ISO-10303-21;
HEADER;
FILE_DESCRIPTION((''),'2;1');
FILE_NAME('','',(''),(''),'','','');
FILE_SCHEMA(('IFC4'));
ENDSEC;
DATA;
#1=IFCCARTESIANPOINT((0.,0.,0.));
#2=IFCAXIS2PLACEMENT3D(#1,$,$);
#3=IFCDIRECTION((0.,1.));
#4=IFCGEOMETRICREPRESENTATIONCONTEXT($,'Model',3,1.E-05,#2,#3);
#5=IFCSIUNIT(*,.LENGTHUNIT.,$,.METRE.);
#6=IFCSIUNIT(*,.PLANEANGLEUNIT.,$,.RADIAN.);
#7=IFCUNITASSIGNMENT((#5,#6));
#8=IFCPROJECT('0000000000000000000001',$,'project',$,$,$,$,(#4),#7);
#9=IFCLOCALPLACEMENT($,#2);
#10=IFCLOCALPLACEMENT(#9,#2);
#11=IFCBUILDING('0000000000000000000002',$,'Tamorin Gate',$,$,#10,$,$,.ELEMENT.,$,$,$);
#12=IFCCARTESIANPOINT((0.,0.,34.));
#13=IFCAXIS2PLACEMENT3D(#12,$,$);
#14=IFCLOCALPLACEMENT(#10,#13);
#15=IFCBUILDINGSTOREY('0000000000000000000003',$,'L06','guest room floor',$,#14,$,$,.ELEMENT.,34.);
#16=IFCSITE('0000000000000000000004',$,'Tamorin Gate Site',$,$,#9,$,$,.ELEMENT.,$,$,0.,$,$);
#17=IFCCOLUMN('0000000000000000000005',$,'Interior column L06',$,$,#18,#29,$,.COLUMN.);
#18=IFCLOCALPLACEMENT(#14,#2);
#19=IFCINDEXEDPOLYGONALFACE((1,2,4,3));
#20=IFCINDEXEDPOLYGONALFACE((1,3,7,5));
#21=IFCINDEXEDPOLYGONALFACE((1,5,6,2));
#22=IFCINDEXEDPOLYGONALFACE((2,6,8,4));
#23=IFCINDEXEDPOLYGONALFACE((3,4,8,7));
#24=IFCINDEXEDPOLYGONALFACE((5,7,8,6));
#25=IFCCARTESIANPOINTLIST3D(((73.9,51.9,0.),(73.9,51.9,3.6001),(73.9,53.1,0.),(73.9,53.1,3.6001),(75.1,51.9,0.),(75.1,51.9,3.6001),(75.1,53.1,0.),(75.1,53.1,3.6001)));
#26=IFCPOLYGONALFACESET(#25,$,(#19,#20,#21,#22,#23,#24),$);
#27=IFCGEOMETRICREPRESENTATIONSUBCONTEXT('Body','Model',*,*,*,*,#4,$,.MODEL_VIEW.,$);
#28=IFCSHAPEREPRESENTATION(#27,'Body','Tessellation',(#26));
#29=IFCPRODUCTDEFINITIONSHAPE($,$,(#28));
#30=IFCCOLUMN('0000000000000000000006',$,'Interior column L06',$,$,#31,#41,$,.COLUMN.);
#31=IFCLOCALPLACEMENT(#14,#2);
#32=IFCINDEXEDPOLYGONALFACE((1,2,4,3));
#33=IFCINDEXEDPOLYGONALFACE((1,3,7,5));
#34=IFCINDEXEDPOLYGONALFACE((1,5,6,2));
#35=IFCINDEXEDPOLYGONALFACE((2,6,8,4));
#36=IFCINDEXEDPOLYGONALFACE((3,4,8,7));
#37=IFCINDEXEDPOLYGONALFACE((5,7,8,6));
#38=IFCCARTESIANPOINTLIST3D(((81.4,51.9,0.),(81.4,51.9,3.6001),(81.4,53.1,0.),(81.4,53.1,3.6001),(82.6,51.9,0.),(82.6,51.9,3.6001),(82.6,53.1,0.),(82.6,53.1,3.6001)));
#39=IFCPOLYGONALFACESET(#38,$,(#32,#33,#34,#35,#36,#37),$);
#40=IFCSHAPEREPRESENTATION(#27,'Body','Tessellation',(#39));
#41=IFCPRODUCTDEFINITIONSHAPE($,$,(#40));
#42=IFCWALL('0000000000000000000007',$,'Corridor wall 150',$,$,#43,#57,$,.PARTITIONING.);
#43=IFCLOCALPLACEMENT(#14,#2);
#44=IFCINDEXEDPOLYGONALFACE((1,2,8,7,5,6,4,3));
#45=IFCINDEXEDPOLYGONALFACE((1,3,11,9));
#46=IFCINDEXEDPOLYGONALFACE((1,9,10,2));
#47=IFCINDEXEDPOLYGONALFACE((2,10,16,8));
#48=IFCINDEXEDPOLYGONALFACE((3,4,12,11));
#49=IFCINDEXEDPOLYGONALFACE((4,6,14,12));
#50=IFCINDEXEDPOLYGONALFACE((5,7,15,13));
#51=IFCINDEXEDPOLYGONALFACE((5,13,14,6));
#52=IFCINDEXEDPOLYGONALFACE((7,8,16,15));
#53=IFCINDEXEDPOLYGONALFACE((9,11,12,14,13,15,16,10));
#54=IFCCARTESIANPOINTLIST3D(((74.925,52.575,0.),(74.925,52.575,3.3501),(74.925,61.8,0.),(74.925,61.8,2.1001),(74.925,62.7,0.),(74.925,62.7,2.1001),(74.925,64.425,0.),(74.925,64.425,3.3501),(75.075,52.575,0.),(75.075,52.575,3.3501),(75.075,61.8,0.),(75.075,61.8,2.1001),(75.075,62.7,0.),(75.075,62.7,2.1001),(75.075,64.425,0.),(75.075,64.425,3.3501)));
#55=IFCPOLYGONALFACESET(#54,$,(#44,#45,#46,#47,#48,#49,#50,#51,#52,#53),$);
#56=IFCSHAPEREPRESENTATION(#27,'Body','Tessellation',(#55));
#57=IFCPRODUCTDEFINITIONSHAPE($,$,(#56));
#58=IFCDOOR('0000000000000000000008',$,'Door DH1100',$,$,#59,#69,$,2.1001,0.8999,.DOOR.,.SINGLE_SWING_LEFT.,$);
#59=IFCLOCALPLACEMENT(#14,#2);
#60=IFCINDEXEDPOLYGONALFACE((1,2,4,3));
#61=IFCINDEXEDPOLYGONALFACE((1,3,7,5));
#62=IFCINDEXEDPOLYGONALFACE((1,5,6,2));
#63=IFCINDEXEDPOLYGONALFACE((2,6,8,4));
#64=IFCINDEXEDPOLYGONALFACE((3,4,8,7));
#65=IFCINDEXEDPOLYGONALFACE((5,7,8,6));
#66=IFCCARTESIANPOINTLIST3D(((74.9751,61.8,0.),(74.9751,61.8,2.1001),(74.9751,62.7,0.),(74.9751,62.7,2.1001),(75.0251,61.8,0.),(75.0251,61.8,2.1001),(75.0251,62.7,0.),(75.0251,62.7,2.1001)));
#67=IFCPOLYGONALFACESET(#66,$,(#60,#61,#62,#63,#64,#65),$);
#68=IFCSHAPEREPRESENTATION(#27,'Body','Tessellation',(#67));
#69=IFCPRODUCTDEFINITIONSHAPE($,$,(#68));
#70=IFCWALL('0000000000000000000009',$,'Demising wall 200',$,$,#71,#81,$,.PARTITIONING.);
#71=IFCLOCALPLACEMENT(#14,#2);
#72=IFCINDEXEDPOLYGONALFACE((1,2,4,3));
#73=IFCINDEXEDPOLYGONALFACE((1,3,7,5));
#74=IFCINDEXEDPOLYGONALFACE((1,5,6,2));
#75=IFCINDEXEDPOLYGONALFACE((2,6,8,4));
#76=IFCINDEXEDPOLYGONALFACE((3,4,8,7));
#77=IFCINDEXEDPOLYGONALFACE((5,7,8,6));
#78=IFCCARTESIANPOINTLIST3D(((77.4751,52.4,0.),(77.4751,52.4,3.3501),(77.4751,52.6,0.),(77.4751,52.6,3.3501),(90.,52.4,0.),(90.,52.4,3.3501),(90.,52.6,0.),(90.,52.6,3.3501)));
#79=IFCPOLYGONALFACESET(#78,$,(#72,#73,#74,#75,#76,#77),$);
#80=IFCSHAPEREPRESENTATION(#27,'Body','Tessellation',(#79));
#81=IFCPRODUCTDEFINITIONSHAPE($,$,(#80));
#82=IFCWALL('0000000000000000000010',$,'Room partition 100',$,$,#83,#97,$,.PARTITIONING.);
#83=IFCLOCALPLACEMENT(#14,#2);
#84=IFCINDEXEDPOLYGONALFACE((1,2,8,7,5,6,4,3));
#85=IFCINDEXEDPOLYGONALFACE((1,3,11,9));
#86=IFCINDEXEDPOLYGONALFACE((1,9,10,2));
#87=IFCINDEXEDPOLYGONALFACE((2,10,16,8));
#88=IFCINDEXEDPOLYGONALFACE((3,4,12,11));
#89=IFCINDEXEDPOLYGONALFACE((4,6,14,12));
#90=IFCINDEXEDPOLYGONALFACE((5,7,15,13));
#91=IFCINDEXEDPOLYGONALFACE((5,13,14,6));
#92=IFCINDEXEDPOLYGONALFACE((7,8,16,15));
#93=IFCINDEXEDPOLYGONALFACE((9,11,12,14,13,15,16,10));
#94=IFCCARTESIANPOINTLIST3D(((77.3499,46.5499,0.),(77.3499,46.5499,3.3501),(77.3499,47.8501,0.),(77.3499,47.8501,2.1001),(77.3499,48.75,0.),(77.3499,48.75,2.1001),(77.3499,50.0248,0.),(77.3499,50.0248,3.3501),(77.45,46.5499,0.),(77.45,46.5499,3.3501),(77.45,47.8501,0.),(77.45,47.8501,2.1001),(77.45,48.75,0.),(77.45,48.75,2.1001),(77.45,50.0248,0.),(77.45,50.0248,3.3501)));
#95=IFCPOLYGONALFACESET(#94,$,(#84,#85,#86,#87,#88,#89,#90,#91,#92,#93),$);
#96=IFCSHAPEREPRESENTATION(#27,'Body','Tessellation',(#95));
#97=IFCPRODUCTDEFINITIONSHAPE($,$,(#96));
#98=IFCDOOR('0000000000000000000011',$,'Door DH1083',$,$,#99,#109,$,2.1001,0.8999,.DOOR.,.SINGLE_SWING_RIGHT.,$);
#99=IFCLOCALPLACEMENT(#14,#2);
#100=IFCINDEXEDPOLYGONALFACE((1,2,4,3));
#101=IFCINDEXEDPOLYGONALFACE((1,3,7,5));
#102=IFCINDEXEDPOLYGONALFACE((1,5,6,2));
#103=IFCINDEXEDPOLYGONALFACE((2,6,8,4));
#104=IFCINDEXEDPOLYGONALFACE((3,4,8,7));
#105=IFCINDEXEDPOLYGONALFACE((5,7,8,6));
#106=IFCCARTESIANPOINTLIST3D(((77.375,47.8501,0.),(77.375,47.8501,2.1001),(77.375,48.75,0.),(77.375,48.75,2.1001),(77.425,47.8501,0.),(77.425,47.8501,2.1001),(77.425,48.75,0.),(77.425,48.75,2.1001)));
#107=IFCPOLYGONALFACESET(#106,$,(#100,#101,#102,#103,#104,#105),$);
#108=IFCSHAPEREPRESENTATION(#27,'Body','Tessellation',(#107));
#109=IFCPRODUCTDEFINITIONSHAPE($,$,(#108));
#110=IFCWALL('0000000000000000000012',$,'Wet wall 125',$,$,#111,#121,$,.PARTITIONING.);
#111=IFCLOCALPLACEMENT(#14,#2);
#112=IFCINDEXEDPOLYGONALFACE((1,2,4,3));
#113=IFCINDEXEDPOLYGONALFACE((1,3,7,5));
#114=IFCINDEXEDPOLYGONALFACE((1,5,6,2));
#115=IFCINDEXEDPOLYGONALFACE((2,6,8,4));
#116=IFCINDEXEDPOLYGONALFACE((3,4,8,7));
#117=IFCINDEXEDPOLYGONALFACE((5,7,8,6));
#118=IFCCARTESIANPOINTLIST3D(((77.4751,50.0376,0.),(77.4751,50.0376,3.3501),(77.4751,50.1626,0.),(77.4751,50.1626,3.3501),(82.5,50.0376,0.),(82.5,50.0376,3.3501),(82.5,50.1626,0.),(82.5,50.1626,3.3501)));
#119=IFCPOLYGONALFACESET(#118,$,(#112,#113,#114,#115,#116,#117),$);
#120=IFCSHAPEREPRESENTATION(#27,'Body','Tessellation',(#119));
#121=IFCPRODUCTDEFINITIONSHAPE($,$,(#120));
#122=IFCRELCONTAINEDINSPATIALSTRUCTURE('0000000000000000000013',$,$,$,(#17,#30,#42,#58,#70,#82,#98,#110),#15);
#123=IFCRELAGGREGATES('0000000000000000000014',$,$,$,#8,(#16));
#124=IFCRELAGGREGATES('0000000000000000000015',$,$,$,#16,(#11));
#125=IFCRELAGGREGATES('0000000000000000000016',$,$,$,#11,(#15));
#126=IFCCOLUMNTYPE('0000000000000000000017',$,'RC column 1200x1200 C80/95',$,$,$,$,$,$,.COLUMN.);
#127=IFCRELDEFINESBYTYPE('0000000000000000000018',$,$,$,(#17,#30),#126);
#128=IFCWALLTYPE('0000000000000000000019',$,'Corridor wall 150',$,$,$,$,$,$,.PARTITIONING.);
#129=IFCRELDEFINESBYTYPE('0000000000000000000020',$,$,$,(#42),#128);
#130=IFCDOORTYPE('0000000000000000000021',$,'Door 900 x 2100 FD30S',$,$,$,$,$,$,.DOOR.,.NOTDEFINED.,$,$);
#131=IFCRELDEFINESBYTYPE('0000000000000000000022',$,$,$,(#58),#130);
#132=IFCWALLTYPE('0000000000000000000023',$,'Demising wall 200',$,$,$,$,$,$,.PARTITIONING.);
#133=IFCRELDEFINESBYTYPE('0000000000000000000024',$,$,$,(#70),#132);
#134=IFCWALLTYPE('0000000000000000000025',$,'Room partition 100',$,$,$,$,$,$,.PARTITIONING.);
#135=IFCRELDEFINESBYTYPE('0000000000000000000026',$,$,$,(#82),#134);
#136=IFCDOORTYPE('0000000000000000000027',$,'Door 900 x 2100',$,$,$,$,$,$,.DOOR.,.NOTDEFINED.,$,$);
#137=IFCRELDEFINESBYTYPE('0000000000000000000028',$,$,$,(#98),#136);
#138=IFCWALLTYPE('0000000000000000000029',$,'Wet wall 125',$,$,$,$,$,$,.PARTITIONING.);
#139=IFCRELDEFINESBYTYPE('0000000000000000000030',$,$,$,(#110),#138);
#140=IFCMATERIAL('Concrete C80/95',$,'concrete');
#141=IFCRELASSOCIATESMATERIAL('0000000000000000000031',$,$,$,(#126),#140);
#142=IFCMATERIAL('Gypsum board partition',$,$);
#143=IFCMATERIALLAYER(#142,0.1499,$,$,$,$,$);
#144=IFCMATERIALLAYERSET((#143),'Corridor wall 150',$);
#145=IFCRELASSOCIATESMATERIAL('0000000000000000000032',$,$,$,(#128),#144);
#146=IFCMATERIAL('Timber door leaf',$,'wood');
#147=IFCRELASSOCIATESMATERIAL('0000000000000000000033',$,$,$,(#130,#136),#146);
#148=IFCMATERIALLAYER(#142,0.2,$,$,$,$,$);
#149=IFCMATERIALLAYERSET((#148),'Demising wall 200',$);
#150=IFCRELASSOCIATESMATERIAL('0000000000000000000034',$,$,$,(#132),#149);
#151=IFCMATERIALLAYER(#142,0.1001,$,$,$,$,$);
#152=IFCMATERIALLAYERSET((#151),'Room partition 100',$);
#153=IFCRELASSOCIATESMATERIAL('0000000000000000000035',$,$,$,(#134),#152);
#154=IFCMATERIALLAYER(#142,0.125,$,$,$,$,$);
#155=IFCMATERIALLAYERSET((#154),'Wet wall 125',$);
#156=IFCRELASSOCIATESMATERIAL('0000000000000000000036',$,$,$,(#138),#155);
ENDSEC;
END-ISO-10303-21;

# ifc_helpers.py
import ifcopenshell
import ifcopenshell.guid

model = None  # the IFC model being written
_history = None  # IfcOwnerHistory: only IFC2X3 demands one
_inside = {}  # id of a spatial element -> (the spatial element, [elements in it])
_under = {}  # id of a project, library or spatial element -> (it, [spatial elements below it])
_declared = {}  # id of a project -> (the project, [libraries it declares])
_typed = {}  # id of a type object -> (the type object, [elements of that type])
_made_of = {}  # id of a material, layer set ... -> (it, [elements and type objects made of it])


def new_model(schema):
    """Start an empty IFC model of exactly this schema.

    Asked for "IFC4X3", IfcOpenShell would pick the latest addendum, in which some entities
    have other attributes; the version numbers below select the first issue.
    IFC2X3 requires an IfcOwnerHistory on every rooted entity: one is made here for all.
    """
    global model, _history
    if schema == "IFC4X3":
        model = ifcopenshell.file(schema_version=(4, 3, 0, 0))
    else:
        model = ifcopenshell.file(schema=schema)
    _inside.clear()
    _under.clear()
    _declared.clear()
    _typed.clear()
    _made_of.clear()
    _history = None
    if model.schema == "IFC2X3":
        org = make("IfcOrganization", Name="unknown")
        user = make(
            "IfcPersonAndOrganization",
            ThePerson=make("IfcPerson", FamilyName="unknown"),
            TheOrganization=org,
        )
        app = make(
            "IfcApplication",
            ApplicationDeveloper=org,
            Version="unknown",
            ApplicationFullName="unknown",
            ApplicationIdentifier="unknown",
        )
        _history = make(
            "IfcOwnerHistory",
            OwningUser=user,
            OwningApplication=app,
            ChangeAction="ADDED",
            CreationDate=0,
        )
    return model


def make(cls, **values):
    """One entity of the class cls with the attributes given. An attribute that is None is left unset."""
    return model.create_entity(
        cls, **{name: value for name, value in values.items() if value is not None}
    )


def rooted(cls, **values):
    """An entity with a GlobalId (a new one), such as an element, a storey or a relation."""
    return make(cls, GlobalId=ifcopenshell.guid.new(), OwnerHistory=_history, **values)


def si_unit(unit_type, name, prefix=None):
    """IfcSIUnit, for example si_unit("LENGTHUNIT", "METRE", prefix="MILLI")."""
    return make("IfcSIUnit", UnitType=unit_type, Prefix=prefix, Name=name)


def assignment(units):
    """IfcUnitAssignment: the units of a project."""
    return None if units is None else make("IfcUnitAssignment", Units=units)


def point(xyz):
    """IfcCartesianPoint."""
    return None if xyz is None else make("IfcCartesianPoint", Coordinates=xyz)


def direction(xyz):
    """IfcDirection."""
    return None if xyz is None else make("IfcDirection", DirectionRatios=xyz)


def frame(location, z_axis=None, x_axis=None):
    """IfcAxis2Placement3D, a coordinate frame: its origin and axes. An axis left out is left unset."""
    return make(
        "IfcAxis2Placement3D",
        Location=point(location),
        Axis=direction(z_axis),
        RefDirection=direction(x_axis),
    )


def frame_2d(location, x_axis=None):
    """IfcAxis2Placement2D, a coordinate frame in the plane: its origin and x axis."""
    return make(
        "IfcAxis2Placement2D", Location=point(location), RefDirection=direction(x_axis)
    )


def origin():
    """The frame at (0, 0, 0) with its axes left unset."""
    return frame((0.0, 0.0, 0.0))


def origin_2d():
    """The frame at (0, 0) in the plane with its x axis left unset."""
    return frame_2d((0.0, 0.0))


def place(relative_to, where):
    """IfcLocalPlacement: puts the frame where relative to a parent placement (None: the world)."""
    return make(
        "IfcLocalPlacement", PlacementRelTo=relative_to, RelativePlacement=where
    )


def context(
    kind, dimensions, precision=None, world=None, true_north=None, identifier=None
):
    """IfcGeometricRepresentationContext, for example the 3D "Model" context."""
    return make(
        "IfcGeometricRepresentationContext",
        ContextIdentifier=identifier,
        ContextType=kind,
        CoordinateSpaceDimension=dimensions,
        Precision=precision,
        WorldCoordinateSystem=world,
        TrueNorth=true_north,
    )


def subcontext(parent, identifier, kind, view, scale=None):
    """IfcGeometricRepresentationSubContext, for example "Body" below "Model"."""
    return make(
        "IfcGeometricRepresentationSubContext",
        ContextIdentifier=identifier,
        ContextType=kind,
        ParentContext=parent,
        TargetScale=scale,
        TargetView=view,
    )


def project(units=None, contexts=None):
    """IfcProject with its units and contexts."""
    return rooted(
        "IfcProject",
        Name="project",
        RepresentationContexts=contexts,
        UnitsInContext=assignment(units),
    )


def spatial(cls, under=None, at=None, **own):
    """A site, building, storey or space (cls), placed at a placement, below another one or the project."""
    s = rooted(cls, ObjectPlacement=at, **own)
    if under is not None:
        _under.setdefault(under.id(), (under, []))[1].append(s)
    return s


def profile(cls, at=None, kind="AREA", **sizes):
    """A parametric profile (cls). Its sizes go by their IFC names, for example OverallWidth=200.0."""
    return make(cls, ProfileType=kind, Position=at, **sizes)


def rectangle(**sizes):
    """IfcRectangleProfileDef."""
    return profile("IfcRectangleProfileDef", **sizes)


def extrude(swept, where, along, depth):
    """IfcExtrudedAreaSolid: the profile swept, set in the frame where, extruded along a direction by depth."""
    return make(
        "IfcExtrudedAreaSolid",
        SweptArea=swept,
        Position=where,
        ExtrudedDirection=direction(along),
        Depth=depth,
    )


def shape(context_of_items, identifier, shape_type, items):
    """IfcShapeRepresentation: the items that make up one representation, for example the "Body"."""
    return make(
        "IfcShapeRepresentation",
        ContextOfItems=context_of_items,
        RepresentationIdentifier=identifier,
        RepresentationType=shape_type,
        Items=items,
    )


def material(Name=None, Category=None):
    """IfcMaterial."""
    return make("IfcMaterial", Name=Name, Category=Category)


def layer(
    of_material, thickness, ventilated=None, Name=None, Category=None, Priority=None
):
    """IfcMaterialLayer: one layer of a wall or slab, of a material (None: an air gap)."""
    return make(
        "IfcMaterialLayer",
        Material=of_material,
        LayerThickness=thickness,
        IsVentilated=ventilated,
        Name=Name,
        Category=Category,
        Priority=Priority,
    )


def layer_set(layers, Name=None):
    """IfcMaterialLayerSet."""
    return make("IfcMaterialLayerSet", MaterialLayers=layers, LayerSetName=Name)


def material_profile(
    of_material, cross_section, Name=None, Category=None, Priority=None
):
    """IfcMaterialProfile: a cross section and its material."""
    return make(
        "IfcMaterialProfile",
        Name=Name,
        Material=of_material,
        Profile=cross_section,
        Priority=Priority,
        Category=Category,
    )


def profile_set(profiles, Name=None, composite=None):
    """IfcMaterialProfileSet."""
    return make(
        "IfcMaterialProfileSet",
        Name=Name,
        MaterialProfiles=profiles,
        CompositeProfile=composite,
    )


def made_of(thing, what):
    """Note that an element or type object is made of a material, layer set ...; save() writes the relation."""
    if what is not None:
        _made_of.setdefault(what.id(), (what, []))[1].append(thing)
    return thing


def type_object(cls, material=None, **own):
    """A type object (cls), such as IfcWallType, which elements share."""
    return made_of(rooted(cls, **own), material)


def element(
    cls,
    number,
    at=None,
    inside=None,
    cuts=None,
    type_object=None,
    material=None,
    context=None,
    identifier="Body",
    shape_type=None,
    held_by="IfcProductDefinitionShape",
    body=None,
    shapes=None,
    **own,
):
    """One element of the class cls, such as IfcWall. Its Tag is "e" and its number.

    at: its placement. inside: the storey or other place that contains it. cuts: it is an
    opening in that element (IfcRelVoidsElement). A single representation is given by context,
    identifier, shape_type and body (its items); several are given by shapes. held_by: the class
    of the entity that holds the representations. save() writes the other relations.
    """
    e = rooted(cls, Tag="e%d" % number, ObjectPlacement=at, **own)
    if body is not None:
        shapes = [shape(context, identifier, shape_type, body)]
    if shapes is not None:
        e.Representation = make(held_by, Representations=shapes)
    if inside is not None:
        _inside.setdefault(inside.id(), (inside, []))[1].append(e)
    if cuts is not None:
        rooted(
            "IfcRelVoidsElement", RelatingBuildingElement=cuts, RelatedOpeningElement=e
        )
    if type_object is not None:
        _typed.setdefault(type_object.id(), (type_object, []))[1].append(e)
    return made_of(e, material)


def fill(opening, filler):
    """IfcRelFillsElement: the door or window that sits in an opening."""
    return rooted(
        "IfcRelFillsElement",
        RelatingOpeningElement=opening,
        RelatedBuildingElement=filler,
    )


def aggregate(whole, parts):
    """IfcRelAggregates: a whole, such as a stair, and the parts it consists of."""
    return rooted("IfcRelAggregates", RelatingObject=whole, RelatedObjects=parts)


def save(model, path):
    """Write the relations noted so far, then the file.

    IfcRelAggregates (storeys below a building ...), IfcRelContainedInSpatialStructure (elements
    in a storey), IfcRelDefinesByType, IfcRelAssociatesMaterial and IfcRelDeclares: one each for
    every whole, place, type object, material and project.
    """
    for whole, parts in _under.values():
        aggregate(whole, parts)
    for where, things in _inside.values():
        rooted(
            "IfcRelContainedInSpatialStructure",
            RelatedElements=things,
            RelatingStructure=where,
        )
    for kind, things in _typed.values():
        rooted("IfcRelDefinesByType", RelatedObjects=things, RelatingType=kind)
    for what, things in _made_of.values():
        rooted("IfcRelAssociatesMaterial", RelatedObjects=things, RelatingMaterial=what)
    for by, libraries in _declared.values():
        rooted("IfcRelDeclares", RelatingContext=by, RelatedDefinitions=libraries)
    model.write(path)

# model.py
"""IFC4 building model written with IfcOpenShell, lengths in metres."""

from ifc_helpers import new_model, si_unit, direction, frame, frame_2d, origin, origin_2d, place, context, subcontext, project, spatial, rectangle, extrude, material, layer, layer_set, material_profile, profile_set, type_object, element, fill, save


model = new_model("IFC4")

# Units and contexts
model_context = context("Model", 3, precision=1e-05, world=origin(), true_north=direction((0.0, 1.0)))
body_context = subcontext(model_context, "Body", "Model", "MODEL_VIEW")
ifc_project = project(units=[si_unit("LENGTHUNIT", "METRE"), si_unit("PLANEANGLEUNIT", "RADIAN")], contexts=[model_context])

# Site, building, storey
site_placement = place(None, origin())
site = spatial("IfcSite", under=ifc_project, at=site_placement, Name="Tamorin Gate Site", CompositionType="ELEMENT", RefElevation=0.0)
building_placement = place(site_placement, origin())
building = spatial("IfcBuilding", under=site, at=building_placement, Name="Tamorin Gate", CompositionType="ELEMENT")
storey_placement = place(building_placement, frame((0.0, 0.0, 34.0)))
storey = spatial("IfcBuildingStorey", under=building, at=storey_placement, Name="L06", Description="guest room floor", CompositionType="ELEMENT", Elevation=34.0)

# Columns
ifc_material_1 = material(Name="Concrete C80/95", Category="concrete")
ifc_material_profile = material_profile(ifc_material_1, rectangle(XDim=1.2, YDim=1.2, at=origin_2d()), Name="RC 1200x1200")
ifc_profile_set = profile_set([ifc_material_profile], Name="Concrete C80/95")
column_type = type_object("IfcColumnType", Name="RC column 1200x1200 C80/95", PredefinedType="COLUMN", material=ifc_profile_set)
for number, where, z_axis, x_axis, name in (
    (1, (74.5, 52.5, 0.0), (0.0, 0.0, 1.0), (1.0, 0.0, 0.0), "Interior column L06"),
    (2, (82.0, 52.5, 0.0), (0.0, 0.0, 1.0), (1.0, 0.0, 0.0), "Interior column L06"),
):
    element("IfcColumn", number, at=place(storey_placement, frame(where, z_axis=z_axis, x_axis=x_axis)), inside=storey, type_object=column_type, Name=name, PredefinedType="COLUMN", context=body_context, shape_type="SweptSolid", body=[
        extrude(rectangle(XDim=1.2, YDim=1.2, at=origin_2d()), origin(), (0.0, 0.0, 1.0), 3.6001),
    ])

# Wall, opening, door
ifc_material_2 = material(Name="Gypsum board partition")
ifc_layer_1 = layer(ifc_material_2, 0.1499)
ifc_layer_set_1 = layer_set([ifc_layer_1], Name="Corridor wall 150")
wall_type_1 = type_object("IfcWallType", Name="Corridor wall 150", PredefinedType="PARTITIONING", material=ifc_layer_set_1)
wall_1_placement = place(storey_placement, frame((75.0, 52.575, 0.0), z_axis=(0.0, 0.0, 1.0), x_axis=(0.0, 1.0, 0.0)))
wall_1 = element("IfcWall", 3, at=wall_1_placement, inside=storey, type_object=wall_type_1, Name="Corridor wall 150", PredefinedType="PARTITIONING", context=body_context, shape_type="SweptSolid", body=[
    extrude(rectangle(XDim=11.8501, YDim=0.1499, at=frame_2d((5.925, 0.0))), origin(), (0.0, 0.0, 1.0), 3.3501),
])
opening_1_placement = place(wall_1_placement, frame((9.2251, 0.0, 0.0)))
opening_1 = element("IfcOpeningElement", 4, at=opening_1_placement, cuts=wall_1, PredefinedType="OPENING", context=body_context, shape_type="SweptSolid", body=[
    extrude(rectangle(XDim=0.8999, YDim=2.1001, at=frame_2d((0.45, 1.05))), frame((0.0, 0.085, 0.0), z_axis=(0.0, -1.0, 0.0), x_axis=(1.0, 0.0, 0.0)), (0.0, 0.0, 1.0), 0.1699),
])
ifc_material_3 = material(Name="Timber door leaf", Category="wood")
door_type_1 = type_object("IfcDoorType", Name="Door 900 x 2100 FD30S", OperationType="NOTDEFINED", PredefinedType="DOOR", material=ifc_material_3)
door_1_placement = place(opening_1_placement, origin())
door_1 = element("IfcDoor", 5, at=door_1_placement, inside=storey, type_object=door_type_1, Name="Door DH1100", OperationType="SINGLE_SWING_LEFT", OverallHeight=2.1001, OverallWidth=0.8999, PredefinedType="DOOR", context=body_context, shape_type="SweptSolid", body=[
    extrude(rectangle(XDim=0.8999, YDim=2.1001, at=frame_2d((0.45, 1.05))), frame((0.0, 0.0249, 0.0), z_axis=(0.0, -1.0, 0.0), x_axis=(1.0, 0.0, 0.0)), (0.0, 0.0, 1.0), 0.05),
])
fill(opening_1, door_1)

# Wall
ifc_layer_2 = layer(ifc_material_2, 0.2)
ifc_layer_set_2 = layer_set([ifc_layer_2], Name="Demising wall 200")
wall_type_2 = type_object("IfcWallType", Name="Demising wall 200", PredefinedType="PARTITIONING", material=ifc_layer_set_2)
wall_2_placement = place(storey_placement, frame((77.4751, 52.5, 0.0), z_axis=(0.0, 0.0, 1.0), x_axis=(1.0, 0.0, 0.0)))
element("IfcWall", 6, at=wall_2_placement, inside=storey, type_object=wall_type_2, Name="Demising wall 200", PredefinedType="PARTITIONING", context=body_context, shape_type="SweptSolid", body=[
    extrude(rectangle(XDim=12.5249, YDim=0.2, at=frame_2d((6.2625, 0.0))), origin(), (0.0, 0.0, 1.0), 3.3501),
])

# Wall, opening, door
ifc_layer_3 = layer(ifc_material_2, 0.1001)
ifc_layer_set_3 = layer_set([ifc_layer_3], Name="Room partition 100")
wall_type_3 = type_object("IfcWallType", Name="Room partition 100", PredefinedType="PARTITIONING", material=ifc_layer_set_3)
wall_3_placement = place(storey_placement, frame((77.3999, 46.55, 0.0), z_axis=(0.0, 0.0, 1.0), x_axis=(0.0, 1.0, 0.0)))
wall_3 = element("IfcWall", 7, at=wall_3_placement, inside=storey, type_object=wall_type_3, Name="Room partition 100", PredefinedType="PARTITIONING", context=body_context, shape_type="SweptSolid", body=[
    extrude(rectangle(XDim=3.4749, YDim=0.1001, at=frame_2d((1.7373, 0.0))), origin(), (0.0, 0.0, 1.0), 3.3501),
])
opening_2_placement = place(wall_3_placement, frame((1.3, 0.0, 0.0)))
opening_2 = element("IfcOpeningElement", 8, at=opening_2_placement, cuts=wall_3, PredefinedType="OPENING", context=body_context, shape_type="SweptSolid", body=[
    extrude(rectangle(XDim=0.8999, YDim=2.1001, at=frame_2d((0.45, 1.05))), frame((0.0, 0.0601, 0.0), z_axis=(0.0, -1.0, 0.0), x_axis=(1.0, 0.0, 0.0)), (0.0, 0.0, 1.0), 0.1201),
])
door_type_2 = type_object("IfcDoorType", Name="Door 900 x 2100", OperationType="NOTDEFINED", PredefinedType="DOOR", material=ifc_material_3)
door_2_placement = place(opening_2_placement, origin())
door_2 = element("IfcDoor", 9, at=door_2_placement, inside=storey, type_object=door_type_2, Name="Door DH1083", OperationType="SINGLE_SWING_RIGHT", OverallHeight=2.1001, OverallWidth=0.8999, PredefinedType="DOOR", context=body_context, shape_type="SweptSolid", body=[
    extrude(rectangle(XDim=0.8999, YDim=2.1001, at=frame_2d((0.45, 1.05))), frame((0.0, 0.0249, 0.0), z_axis=(0.0, -1.0, 0.0), x_axis=(1.0, 0.0, 0.0)), (0.0, 0.0, 1.0), 0.05),
])
fill(opening_2, door_2)

# Wall
ifc_layer_4 = layer(ifc_material_2, 0.125)
ifc_layer_set_4 = layer_set([ifc_layer_4], Name="Wet wall 125")
wall_type_4 = type_object("IfcWallType", Name="Wet wall 125", PredefinedType="PARTITIONING", material=ifc_layer_set_4)
wall_4_placement = place(storey_placement, frame((77.4751, 50.1001, 0.0), z_axis=(0.0, 0.0, 1.0), x_axis=(1.0, 0.0, 0.0)))
element("IfcWall", 10, at=wall_4_placement, inside=storey, type_object=wall_type_4, Name="Wet wall 125", PredefinedType="PARTITIONING", context=body_context, shape_type="SweptSolid", body=[
    extrude(rectangle(XDim=5.0249, YDim=0.125, at=frame_2d((2.5125, 0.0))), origin(), (0.0, 0.0, 1.0), 3.3501),
])

save(model, "model.ifc")
